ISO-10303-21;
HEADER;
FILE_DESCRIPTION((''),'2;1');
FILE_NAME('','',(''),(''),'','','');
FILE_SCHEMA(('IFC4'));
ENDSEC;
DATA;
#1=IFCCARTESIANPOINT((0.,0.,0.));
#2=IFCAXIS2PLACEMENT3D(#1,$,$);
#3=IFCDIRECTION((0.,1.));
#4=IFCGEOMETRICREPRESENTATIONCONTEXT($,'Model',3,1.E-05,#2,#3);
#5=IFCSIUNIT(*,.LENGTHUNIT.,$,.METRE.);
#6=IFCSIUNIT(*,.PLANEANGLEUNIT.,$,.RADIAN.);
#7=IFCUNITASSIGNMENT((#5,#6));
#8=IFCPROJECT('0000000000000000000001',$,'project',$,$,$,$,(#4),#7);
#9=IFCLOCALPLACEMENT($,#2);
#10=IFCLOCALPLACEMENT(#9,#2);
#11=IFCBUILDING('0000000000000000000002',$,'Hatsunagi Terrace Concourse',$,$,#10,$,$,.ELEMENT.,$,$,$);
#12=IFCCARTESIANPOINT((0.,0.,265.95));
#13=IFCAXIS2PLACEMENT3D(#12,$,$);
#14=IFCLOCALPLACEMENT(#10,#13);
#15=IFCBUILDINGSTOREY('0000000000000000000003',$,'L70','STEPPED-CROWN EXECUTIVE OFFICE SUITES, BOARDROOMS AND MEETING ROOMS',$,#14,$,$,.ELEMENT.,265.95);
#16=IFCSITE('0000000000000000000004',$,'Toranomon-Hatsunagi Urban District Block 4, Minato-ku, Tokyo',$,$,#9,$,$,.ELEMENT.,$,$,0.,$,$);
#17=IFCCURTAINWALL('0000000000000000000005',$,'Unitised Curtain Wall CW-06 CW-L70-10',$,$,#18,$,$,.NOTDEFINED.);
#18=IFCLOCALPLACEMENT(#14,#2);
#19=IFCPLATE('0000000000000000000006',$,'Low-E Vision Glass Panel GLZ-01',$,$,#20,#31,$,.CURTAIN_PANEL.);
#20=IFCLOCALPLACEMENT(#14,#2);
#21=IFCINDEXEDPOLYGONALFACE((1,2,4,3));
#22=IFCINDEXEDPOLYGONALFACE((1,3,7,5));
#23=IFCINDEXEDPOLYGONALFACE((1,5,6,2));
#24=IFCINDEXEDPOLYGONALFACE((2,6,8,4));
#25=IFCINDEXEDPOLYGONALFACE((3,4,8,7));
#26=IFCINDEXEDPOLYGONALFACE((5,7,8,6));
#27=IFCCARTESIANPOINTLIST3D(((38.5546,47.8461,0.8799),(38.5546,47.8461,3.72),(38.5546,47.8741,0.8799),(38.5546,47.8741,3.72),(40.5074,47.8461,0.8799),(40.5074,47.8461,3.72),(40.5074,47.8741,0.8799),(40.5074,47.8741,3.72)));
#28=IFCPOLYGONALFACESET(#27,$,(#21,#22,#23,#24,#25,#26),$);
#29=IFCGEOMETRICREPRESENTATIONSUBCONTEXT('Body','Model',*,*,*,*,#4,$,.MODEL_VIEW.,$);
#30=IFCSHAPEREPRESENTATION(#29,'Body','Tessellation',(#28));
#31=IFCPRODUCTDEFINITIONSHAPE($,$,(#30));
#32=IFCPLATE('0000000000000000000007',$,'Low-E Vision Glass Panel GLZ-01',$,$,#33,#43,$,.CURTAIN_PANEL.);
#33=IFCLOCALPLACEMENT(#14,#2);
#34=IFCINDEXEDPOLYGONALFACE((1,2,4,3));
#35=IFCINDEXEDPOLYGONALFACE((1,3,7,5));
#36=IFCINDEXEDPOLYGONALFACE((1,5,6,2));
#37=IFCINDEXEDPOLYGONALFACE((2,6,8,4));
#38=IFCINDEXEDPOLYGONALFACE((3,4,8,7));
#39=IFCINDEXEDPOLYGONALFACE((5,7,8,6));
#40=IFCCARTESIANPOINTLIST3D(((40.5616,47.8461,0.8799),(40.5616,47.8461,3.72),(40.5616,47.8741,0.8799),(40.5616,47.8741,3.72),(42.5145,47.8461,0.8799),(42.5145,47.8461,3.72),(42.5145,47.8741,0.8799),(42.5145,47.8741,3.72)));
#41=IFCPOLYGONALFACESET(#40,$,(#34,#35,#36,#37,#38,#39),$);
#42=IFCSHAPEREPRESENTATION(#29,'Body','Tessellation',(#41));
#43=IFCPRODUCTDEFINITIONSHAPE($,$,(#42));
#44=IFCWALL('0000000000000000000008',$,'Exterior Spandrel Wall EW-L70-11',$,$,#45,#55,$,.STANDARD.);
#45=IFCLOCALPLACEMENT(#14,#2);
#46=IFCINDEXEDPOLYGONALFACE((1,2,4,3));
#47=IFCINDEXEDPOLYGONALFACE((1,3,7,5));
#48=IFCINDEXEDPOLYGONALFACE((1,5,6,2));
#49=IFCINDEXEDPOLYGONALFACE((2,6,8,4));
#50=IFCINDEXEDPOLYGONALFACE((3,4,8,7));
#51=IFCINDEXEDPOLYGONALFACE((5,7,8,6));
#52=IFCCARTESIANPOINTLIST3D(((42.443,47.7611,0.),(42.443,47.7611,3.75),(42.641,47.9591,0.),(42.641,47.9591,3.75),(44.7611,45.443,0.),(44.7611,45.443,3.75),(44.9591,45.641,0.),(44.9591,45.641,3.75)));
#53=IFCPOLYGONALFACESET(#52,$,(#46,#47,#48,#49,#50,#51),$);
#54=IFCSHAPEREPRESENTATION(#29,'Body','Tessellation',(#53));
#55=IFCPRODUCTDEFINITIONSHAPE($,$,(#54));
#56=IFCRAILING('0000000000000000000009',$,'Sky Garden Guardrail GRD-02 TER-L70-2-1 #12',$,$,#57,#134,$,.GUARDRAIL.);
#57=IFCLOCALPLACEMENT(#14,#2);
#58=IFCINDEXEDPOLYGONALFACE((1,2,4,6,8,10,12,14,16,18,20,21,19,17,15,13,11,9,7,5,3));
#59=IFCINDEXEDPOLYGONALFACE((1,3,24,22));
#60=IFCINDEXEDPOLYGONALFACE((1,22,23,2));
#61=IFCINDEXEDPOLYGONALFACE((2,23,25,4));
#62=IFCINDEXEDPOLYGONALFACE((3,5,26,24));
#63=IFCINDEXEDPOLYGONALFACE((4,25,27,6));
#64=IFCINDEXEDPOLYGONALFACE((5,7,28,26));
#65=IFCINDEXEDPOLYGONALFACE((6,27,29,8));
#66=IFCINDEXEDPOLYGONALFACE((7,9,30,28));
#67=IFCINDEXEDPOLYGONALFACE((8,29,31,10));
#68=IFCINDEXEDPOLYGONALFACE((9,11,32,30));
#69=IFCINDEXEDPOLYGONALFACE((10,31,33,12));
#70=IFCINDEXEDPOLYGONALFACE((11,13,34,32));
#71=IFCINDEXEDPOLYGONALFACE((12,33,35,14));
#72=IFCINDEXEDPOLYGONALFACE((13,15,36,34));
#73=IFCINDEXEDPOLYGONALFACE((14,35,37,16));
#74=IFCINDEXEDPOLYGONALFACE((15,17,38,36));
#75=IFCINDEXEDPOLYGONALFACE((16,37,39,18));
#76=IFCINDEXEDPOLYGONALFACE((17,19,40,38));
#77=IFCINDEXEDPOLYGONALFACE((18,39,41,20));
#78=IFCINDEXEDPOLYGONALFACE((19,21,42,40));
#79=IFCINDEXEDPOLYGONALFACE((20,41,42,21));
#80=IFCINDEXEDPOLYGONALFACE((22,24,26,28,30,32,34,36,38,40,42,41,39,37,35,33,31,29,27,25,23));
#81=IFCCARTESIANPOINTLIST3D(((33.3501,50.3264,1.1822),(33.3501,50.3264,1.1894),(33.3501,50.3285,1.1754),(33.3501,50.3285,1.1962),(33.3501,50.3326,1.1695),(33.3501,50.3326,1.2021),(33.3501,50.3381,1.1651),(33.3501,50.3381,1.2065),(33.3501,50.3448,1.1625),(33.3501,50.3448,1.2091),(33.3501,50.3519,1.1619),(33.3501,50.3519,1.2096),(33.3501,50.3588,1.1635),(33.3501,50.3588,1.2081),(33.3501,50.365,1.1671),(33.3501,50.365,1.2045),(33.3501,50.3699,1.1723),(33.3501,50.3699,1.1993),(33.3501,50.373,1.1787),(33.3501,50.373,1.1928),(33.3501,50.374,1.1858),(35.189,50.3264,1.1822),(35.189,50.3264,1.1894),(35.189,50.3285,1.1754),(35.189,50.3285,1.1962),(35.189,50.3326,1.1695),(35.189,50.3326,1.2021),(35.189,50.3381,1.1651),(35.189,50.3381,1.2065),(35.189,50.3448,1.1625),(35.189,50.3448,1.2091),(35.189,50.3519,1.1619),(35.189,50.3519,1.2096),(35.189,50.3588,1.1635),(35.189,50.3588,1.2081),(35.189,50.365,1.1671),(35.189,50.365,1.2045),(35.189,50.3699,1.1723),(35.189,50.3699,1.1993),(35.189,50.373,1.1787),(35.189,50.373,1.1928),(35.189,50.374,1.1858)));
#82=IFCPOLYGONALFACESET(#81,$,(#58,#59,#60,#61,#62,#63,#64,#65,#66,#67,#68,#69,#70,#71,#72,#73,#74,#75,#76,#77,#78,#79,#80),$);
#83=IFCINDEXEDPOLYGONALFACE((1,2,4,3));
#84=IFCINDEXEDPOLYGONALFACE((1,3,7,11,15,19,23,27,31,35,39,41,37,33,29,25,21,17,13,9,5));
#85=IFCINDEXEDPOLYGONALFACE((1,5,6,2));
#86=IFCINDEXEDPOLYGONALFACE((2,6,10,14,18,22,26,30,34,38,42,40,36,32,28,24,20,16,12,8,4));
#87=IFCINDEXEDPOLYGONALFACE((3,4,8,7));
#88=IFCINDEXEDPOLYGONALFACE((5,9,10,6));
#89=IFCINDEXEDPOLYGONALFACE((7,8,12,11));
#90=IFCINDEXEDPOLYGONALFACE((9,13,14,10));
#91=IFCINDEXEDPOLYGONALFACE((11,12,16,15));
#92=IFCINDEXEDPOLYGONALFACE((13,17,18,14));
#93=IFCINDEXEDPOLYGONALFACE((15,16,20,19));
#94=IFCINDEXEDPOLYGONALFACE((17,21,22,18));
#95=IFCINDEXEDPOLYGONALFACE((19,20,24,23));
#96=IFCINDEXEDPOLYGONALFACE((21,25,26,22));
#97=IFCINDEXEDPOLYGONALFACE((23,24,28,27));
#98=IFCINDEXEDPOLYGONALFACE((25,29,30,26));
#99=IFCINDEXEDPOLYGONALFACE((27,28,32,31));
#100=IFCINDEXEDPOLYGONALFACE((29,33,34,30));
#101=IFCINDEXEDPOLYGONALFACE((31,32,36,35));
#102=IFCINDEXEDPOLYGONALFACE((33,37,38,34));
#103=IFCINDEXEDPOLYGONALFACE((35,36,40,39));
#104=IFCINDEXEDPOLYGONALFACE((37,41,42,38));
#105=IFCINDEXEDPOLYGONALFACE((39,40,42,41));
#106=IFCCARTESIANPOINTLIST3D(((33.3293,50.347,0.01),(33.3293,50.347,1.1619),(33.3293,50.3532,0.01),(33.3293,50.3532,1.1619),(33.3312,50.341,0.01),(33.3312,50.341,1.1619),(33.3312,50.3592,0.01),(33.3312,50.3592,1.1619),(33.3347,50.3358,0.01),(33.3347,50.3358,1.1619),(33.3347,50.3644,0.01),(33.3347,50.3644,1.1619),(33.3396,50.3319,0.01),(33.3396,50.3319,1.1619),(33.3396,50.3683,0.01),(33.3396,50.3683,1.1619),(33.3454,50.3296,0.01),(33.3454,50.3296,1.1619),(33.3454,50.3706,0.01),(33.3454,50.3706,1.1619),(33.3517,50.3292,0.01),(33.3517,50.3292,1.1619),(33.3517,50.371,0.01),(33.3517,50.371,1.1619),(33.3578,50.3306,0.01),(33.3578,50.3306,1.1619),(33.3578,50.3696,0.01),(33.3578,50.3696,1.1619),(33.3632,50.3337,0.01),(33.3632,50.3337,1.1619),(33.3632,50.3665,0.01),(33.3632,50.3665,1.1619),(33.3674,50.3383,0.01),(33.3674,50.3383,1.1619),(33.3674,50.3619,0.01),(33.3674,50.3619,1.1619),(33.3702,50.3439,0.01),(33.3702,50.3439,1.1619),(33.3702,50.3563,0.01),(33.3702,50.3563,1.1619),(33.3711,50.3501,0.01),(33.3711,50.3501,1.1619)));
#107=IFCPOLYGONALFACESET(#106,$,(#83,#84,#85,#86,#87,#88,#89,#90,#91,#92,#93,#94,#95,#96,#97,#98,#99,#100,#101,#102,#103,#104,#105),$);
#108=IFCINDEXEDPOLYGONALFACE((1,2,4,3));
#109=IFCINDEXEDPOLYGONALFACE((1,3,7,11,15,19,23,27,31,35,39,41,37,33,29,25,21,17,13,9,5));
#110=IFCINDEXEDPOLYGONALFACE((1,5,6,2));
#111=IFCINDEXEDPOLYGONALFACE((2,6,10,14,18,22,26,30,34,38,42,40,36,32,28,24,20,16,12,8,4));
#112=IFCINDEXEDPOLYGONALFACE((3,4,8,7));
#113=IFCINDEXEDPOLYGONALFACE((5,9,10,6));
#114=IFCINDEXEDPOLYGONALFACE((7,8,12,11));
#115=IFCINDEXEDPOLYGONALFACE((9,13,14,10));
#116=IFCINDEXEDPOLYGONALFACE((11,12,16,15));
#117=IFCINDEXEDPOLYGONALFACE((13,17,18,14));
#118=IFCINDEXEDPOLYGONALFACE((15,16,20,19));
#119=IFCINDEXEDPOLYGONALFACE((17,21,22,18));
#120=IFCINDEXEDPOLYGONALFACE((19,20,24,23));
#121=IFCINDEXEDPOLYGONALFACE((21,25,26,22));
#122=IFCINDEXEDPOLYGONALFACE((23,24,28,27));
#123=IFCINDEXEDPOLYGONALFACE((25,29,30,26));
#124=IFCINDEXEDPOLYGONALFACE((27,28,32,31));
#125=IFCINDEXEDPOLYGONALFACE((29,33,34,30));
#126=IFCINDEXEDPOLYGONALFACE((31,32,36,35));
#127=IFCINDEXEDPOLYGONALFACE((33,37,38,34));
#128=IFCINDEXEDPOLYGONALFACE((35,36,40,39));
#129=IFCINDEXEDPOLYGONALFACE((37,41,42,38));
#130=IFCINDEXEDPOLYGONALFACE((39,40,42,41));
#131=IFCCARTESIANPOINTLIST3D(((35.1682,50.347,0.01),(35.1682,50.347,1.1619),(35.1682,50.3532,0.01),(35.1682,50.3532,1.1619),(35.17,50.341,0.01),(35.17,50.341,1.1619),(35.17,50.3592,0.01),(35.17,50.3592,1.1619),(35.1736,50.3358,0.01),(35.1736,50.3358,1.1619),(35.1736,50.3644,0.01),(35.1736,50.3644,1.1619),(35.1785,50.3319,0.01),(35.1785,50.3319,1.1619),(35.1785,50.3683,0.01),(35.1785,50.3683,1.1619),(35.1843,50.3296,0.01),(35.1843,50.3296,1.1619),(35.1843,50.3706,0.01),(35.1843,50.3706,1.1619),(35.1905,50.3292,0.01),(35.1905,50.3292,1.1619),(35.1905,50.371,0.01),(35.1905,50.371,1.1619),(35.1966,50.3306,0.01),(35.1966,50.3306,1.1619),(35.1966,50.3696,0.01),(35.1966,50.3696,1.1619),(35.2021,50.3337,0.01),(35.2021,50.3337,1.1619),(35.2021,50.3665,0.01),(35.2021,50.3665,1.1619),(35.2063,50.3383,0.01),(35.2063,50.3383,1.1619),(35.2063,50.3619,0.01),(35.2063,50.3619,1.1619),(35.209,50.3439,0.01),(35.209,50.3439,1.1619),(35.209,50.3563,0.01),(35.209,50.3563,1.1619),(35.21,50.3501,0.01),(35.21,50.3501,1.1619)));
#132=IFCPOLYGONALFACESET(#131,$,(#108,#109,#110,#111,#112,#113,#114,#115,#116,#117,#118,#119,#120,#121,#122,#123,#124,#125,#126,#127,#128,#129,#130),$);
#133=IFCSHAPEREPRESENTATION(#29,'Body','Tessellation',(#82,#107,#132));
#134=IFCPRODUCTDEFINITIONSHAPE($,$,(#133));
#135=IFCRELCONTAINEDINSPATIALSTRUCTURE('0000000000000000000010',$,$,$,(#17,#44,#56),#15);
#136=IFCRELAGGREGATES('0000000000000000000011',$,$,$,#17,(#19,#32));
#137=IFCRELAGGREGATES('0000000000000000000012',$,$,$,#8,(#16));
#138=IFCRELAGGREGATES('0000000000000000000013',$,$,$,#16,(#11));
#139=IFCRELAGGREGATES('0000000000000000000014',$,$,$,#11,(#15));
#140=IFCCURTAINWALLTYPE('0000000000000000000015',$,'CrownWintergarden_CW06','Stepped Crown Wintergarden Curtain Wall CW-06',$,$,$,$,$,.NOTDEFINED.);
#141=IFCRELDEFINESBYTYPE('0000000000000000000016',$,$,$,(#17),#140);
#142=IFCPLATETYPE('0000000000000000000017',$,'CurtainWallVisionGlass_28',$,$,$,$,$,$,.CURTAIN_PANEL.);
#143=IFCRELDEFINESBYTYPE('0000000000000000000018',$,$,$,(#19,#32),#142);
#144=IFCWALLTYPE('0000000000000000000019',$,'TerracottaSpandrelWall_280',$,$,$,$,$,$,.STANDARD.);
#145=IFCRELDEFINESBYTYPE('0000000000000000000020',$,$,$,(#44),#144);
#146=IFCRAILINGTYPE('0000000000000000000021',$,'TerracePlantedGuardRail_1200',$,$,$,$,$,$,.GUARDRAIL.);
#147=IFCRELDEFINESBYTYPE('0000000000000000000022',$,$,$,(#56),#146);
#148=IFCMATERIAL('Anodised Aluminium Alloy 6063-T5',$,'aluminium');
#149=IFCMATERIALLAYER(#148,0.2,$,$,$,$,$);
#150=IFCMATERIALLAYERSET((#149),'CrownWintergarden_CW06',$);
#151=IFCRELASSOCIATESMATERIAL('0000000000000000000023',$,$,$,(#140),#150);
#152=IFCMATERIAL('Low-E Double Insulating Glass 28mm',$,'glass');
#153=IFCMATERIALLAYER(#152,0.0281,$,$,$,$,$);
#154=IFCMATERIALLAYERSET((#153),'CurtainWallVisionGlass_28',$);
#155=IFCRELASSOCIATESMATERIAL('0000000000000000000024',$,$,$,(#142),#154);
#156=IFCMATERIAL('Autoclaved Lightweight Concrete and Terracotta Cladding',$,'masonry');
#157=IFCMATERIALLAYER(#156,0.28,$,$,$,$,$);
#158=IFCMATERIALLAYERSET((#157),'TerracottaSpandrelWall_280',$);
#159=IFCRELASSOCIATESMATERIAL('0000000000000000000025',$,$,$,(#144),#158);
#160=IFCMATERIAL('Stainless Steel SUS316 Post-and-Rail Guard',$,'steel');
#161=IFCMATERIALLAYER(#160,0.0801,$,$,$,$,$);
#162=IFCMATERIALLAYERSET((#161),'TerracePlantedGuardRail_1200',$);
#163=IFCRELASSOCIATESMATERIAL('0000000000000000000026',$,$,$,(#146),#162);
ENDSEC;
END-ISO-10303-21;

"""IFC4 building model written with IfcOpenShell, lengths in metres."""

from ifc_helpers import new_model, si_unit, direction, frame, frame_2d, origin, origin_2d, place, context, subcontext, project, spatial, rectangle, circle, extrude, material, layer, layer_set, type_object, element, aggregate, save


model = new_model("IFC4")

# Units and contexts
model_context = context("Model", 3, precision=1e-05, world=origin(), true_north=direction((0.0, 1.0)))
body_context = subcontext(model_context, "Body", "Model", "MODEL_VIEW")
ifc_project = project(units=[si_unit("LENGTHUNIT", "METRE"), si_unit("PLANEANGLEUNIT", "RADIAN")], contexts=[model_context])

# Site, building, storey
site_placement = place(None, origin())
site = spatial("IfcSite", under=ifc_project, at=site_placement, Name="Toranomon-Hatsunagi Urban District Block 4, Minato-ku, Tokyo", CompositionType="ELEMENT", RefElevation=0.0)
building_placement = place(site_placement, origin())
building = spatial("IfcBuilding", under=site, at=building_placement, Name="Hatsunagi Terrace Concourse", CompositionType="ELEMENT")
storey_placement = place(building_placement, frame((0.0, 0.0, 265.95)))
storey = spatial("IfcBuildingStorey", under=building, at=storey_placement, Name="L70", Description="STEPPED-CROWN EXECUTIVE OFFICE SUITES, BOARDROOMS AND MEETING ROOMS", CompositionType="ELEMENT", Elevation=265.95)

# Curtain wall, plates
ifc_material_1 = material(Name="Anodised Aluminium Alloy 6063-T5", Category="aluminium")
ifc_layer_1 = layer(ifc_material_1, 0.2)
ifc_layer_set_1 = layer_set([ifc_layer_1], Name="CrownWintergarden_CW06")
curtain_wall_type = type_object("IfcCurtainWallType", Name="CrownWintergarden_CW06", Description="Stepped Crown Wintergarden Curtain Wall CW-06", PredefinedType="NOTDEFINED", material=ifc_layer_set_1)
curtain_wall_placement = place(storey_placement, origin())
curtain_wall = element("IfcCurtainWall", 1, at=curtain_wall_placement, inside=storey, type_object=curtain_wall_type, Name="Unitised Curtain Wall CW-06 CW-L70-10", PredefinedType="NOTDEFINED")
ifc_material_2 = material(Name="Low-E Double Insulating Glass 28mm", Category="glass")
ifc_layer_2 = layer(ifc_material_2, 0.0281)
ifc_layer_set_2 = layer_set([ifc_layer_2], Name="CurtainWallVisionGlass_28")
plate_type_1 = type_object("IfcPlateType", Name="CurtainWallVisionGlass_28", PredefinedType="CURTAIN_PANEL", material=ifc_layer_set_2)
plate_1_placement = place(storey_placement, frame((39.531, 47.8601, 0.8799), z_axis=(0.0, 0.0, 1.0), x_axis=(1.0, 0.0, 0.0)))
plate_1 = element("IfcPlate", 2, at=plate_1_placement, type_object=plate_type_1, Name="Low-E Vision Glass Panel GLZ-01", PredefinedType="CURTAIN_PANEL", context=body_context, shape_type="SweptSolid", body=[
    extrude(rectangle(XDim=1.9529, YDim=0.0281, at=origin_2d()), origin(), (0.0, 0.0, 1.0), 2.8401),
])
plate_2_placement = place(storey_placement, frame((41.5381, 47.8601, 0.8799), z_axis=(0.0, 0.0, 1.0), x_axis=(1.0, 0.0, 0.0)))
plate_2 = element("IfcPlate", 3, at=plate_2_placement, type_object=plate_type_1, Name="Low-E Vision Glass Panel GLZ-01", PredefinedType="CURTAIN_PANEL", context=body_context, shape_type="SweptSolid", body=[
    extrude(rectangle(XDim=1.9529, YDim=0.0281, at=origin_2d()), origin(), (0.0, 0.0, 1.0), 2.8401),
])
aggregate(curtain_wall, [plate_1, plate_2])

# Wall
ifc_material_3 = material(Name="Autoclaved Lightweight Concrete and Terracotta Cladding", Category="masonry")
ifc_layer_3 = layer(ifc_material_3, 0.28)
ifc_layer_set_3 = layer_set([ifc_layer_3], Name="TerracottaSpandrelWall_280")
wall_type = type_object("IfcWallType", Name="TerracottaSpandrelWall_280", PredefinedType="STANDARD", material=ifc_layer_set_3)
wall_placement = place(storey_placement, frame((42.542, 47.8601, 0.0), z_axis=(0.0, 0.0, 1.0), x_axis=(0.707107, -0.707107, 0.0)))
element("IfcWall", 4, at=wall_placement, inside=storey, type_object=wall_type, Name="Exterior Spandrel Wall EW-L70-11", PredefinedType="STANDARD", context=body_context, shape_type="SweptSolid", body=[
    extrude(rectangle(XDim=3.2783, YDim=0.28, at=frame_2d((1.6392, 0.0))), origin(), (0.0, 0.0, 1.0), 3.75),
])

# Railing
ifc_material_4 = material(Name="Stainless Steel SUS316 Post-and-Rail Guard", Category="steel")
ifc_layer_4 = layer(ifc_material_4, 0.0801)
ifc_layer_set_4 = layer_set([ifc_layer_4], Name="TerracePlantedGuardRail_1200")
railing_type = type_object("IfcRailingType", Name="TerracePlantedGuardRail_1200", PredefinedType="GUARDRAIL", material=ifc_layer_set_4)
railing_1_placement = place(storey_placement, frame((33.3501, 50.3501, 0.01)))
element("IfcRailing", 5, at=railing_1_placement, inside=storey, type_object=railing_type, Name="Sky Garden Guardrail GRD-02 TER-L70-2-1 #12", PredefinedType="GUARDRAIL", context=body_context, shape_type="SweptSolid", body=[
    extrude(circle(Radius=0.0239, at=origin_2d()), frame((0.0, 0.0, 1.1758), z_axis=(1.0, 0.0, 0.0), x_axis=(0.0, 1.0, 0.0)), (0.0, 0.0, 1.0), 1.8389),
    extrude(circle(Radius=0.021, at=origin_2d()), origin(), (0.0, 0.0, 1.0), 1.1519),
    extrude(circle(Radius=0.021, at=origin_2d()), frame((1.8389, 0.0, 0.0)), (0.0, 0.0, 1.0), 1.1519),
])

save(model, "model.ifc")
